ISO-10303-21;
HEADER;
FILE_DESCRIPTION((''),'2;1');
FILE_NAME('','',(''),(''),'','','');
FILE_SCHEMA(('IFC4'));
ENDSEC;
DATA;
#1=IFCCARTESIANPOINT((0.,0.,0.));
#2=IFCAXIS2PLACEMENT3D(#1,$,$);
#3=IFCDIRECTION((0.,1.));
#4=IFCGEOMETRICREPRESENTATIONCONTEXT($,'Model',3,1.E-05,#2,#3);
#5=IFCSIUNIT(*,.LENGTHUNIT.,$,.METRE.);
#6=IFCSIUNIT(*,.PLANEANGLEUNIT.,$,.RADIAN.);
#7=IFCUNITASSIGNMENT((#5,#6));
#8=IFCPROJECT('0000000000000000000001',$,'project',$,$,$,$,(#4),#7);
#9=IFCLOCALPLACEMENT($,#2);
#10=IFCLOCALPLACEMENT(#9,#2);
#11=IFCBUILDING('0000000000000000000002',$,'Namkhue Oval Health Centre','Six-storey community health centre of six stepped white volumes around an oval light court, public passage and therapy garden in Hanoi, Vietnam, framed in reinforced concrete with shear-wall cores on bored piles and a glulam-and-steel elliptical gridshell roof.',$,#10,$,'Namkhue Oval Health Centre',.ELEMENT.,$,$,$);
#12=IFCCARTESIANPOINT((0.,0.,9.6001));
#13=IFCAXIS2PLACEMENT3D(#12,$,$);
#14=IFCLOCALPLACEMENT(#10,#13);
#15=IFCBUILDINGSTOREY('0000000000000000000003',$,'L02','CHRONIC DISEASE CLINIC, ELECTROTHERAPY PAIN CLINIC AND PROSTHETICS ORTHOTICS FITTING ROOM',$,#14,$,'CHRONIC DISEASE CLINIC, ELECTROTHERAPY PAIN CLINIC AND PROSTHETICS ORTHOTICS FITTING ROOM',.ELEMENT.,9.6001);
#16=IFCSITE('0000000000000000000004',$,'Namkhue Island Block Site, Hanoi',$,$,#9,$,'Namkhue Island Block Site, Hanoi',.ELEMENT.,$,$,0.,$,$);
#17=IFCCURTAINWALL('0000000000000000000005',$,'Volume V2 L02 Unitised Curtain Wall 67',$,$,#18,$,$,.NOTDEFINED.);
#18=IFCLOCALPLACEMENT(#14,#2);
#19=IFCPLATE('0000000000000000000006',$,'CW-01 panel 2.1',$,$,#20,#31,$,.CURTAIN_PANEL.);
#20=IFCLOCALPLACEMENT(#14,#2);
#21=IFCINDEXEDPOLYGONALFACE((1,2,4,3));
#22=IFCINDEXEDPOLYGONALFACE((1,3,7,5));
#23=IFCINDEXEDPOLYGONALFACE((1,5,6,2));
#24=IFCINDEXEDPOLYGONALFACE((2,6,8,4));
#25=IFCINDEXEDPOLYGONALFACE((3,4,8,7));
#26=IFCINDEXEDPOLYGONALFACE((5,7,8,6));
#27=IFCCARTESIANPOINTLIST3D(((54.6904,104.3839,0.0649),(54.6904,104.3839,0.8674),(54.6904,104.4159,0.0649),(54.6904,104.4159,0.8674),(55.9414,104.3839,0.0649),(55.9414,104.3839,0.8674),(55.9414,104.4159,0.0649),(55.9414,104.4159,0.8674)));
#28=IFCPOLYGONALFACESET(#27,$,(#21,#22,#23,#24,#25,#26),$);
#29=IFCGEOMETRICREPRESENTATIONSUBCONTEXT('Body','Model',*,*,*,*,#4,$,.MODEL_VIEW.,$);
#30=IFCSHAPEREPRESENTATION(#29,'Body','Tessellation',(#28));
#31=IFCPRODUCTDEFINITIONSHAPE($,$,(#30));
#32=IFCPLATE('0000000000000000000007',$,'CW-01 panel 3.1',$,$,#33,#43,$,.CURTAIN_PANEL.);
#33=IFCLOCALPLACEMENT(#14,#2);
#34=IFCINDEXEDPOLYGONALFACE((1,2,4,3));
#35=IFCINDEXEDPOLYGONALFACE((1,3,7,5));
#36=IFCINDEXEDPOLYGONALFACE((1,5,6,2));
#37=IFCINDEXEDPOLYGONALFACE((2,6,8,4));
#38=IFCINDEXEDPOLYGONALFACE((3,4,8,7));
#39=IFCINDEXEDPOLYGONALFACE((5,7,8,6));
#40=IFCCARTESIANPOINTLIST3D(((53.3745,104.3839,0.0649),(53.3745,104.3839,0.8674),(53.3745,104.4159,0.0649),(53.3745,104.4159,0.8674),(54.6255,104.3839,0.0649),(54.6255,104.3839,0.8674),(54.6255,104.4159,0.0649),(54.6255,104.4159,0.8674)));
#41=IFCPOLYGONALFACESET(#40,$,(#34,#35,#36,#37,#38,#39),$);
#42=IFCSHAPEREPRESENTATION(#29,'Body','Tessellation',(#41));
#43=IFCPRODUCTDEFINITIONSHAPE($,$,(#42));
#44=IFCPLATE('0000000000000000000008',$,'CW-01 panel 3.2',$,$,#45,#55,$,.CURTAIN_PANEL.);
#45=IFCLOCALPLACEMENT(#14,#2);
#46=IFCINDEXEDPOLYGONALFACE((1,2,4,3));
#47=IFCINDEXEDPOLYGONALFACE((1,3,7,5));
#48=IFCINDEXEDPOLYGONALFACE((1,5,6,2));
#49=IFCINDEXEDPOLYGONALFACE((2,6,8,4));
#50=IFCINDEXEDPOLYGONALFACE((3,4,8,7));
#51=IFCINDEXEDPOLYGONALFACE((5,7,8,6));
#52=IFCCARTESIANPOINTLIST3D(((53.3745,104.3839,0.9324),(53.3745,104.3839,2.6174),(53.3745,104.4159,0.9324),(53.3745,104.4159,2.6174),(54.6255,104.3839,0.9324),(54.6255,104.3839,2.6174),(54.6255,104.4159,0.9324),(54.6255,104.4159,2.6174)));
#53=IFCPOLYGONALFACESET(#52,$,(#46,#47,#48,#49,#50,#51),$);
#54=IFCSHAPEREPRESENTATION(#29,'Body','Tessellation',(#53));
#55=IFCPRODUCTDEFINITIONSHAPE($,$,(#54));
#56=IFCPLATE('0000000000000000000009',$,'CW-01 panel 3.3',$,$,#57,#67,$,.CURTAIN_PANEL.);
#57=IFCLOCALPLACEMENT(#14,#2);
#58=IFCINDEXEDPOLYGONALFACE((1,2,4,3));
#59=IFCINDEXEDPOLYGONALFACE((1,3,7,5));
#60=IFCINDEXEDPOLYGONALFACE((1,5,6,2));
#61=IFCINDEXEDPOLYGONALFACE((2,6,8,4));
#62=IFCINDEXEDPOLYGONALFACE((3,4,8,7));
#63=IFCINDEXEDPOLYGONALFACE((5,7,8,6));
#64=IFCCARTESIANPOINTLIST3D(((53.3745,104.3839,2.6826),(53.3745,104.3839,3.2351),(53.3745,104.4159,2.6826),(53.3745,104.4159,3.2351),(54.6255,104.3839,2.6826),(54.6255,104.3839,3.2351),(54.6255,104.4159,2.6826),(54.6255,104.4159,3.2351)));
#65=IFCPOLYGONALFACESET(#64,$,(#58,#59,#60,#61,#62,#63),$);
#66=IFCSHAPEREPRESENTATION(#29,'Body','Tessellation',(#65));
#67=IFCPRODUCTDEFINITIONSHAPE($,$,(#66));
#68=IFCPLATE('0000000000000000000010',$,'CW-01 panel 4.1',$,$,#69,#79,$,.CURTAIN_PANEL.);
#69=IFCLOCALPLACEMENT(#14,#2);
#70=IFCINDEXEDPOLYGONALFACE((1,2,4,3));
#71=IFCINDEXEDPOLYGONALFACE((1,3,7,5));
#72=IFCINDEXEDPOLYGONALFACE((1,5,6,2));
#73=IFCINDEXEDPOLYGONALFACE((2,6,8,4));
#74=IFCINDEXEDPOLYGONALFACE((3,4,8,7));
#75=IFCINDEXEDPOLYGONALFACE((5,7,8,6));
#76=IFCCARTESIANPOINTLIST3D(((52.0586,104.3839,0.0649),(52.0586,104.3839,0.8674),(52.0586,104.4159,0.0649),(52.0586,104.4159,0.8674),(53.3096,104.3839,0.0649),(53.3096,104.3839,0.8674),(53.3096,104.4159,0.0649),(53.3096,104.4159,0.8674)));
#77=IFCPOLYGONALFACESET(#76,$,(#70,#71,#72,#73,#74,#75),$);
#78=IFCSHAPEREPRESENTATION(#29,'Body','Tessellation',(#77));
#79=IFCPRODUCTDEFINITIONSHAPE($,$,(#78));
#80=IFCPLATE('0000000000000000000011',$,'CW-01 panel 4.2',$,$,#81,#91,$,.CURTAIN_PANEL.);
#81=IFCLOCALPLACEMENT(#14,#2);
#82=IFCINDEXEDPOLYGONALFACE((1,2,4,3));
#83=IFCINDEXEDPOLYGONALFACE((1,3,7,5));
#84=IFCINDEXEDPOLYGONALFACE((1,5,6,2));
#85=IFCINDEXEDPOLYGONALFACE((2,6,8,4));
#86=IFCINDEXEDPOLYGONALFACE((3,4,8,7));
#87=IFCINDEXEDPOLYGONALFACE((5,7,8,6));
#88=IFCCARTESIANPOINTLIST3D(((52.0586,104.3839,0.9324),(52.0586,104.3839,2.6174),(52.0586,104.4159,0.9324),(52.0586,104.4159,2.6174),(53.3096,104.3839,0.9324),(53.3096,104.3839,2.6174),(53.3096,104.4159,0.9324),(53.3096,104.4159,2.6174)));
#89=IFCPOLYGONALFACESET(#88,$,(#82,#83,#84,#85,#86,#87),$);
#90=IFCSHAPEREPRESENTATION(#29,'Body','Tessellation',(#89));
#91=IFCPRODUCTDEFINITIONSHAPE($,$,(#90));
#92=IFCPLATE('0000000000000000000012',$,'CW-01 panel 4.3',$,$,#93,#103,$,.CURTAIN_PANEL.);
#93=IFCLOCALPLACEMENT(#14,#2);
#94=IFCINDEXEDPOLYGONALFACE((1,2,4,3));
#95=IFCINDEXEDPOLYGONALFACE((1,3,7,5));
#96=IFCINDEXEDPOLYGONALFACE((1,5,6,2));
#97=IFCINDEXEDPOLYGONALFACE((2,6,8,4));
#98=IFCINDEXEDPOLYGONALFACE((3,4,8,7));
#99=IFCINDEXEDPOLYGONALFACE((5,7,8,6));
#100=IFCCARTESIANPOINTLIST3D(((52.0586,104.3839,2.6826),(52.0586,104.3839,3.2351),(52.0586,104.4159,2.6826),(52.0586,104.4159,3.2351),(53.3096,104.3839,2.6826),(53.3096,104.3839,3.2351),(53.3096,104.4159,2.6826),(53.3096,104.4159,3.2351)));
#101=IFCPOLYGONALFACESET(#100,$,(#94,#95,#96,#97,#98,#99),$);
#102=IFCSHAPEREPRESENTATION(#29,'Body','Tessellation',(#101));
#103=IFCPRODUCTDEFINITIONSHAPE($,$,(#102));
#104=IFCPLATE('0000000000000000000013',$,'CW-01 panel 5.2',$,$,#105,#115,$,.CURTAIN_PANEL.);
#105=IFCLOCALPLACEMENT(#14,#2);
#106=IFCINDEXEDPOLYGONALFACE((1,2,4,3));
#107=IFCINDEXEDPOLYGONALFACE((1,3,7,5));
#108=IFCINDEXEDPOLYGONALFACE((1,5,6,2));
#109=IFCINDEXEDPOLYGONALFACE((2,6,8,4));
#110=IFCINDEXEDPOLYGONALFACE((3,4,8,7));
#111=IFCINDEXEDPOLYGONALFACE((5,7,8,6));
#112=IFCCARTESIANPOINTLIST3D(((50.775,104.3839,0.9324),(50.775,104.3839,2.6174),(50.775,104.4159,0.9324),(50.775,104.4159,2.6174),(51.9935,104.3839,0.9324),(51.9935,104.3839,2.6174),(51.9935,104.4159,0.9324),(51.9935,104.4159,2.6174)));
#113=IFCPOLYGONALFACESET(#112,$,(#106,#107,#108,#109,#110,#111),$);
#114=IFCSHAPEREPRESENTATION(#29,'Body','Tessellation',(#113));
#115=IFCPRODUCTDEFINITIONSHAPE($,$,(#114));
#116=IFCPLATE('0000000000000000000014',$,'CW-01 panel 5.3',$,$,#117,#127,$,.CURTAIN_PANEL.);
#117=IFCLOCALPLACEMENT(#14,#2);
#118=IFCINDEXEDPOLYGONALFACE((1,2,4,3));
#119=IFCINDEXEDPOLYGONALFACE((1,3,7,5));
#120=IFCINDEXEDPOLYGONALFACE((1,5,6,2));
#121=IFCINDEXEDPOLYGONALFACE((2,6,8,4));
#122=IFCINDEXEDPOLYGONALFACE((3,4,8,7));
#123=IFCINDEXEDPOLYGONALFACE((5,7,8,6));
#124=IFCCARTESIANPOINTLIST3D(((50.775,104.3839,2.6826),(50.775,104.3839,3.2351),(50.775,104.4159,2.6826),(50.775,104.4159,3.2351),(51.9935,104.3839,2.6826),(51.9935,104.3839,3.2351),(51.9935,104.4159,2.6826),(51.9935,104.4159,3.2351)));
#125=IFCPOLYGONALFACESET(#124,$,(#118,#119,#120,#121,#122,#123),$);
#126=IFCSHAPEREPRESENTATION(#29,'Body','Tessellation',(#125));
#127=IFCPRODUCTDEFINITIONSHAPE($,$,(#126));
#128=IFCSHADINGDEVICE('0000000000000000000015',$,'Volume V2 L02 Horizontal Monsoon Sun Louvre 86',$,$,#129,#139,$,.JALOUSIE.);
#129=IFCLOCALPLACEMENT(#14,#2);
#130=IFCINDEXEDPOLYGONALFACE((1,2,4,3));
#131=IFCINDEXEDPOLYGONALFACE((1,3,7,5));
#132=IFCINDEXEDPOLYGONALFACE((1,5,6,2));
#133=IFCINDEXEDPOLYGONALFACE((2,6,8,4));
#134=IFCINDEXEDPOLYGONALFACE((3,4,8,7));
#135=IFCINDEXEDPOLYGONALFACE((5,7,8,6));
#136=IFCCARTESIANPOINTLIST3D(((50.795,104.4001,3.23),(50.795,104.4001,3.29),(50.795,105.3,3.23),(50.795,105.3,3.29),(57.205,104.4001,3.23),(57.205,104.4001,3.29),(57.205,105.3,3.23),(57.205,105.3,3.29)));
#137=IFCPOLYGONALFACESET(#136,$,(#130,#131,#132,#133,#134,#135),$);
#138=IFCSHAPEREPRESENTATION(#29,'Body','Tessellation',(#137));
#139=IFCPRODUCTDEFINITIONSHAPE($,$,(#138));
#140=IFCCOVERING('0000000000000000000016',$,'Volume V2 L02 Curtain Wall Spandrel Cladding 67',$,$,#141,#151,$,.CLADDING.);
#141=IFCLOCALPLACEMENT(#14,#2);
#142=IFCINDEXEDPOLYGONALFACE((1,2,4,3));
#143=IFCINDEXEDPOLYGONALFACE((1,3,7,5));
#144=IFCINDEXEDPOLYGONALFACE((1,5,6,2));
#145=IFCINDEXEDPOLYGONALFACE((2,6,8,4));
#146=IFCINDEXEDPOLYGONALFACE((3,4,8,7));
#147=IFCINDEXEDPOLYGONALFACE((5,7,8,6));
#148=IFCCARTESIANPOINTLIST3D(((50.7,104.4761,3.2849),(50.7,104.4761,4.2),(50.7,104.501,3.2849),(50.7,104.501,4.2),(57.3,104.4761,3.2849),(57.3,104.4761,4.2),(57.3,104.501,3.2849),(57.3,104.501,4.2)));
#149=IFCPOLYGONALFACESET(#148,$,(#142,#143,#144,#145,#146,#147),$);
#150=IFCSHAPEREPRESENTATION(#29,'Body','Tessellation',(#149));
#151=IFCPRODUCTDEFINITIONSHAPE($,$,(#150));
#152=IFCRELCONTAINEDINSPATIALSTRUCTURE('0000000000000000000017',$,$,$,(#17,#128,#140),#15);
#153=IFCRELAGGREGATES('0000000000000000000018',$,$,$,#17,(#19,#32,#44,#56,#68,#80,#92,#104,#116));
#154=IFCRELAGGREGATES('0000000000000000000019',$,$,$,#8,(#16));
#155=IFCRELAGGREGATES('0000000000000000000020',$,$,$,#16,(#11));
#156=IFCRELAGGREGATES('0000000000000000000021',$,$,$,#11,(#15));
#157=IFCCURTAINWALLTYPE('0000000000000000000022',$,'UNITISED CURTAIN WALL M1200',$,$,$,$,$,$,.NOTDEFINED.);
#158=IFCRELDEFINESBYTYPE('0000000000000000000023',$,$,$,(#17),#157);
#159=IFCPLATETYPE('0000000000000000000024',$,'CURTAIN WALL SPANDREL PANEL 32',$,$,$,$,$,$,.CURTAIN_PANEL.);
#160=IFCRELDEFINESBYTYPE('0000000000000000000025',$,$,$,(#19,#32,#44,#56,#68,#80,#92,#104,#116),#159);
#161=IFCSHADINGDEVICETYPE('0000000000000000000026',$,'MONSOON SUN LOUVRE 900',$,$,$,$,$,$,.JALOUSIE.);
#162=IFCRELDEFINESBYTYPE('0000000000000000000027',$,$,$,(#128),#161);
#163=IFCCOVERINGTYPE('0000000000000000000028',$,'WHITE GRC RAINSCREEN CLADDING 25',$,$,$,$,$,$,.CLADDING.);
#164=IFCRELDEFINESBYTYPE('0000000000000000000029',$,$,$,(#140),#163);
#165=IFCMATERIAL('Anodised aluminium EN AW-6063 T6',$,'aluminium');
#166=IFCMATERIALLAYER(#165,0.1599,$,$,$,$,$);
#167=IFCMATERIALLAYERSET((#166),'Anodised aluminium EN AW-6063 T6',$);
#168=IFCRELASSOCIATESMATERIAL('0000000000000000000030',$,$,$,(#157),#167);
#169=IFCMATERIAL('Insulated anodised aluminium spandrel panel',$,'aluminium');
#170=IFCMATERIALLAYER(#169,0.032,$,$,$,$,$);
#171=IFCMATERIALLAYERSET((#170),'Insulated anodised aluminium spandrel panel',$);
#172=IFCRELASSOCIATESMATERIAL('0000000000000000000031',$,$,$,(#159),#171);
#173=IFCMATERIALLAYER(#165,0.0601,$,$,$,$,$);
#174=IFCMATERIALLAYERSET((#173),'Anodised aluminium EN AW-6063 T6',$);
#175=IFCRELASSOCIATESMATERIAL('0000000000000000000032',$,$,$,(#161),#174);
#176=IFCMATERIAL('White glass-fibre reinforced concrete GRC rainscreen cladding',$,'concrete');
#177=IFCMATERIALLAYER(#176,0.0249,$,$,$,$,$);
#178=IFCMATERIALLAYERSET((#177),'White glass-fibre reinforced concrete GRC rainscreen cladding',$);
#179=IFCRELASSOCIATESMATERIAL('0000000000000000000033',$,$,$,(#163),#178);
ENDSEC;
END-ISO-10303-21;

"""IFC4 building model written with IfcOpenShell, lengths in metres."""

from ifc_helpers import new_model, si_unit, direction, frame, origin, origin_2d, place, context, subcontext, project, spatial, rectangle, extrude, material, layer, layer_set, type_object, element, aggregate, save


model = new_model("IFC4")

# Units and contexts
model_context = context("Model", 3, precision=1e-05, world=origin(), true_north=direction((0.0, 1.0)))
body_context = subcontext(model_context, "Body", "Model", "MODEL_VIEW")
ifc_project = project(units=[si_unit("LENGTHUNIT", "METRE"), si_unit("PLANEANGLEUNIT", "RADIAN")], contexts=[model_context])

# Site, building, storey
site_placement = place(None, origin())
site = spatial("IfcSite", under=ifc_project, at=site_placement, Name="Namkhue Island Block Site, Hanoi", LongName="Namkhue Island Block Site, Hanoi", CompositionType="ELEMENT", RefElevation=0.0)
building_placement = place(site_placement, origin())
building = spatial("IfcBuilding", under=site, at=building_placement, Name="Namkhue Oval Health Centre", Description="Six-storey community health centre of six stepped white volumes around an oval light court, public passage and therapy garden in Hanoi, Vietnam, framed in reinforced concrete with shear-wall cores on bored piles and a glulam-and-steel elliptical gridshell roof.", LongName="Namkhue Oval Health Centre", CompositionType="ELEMENT")
storey_placement = place(building_placement, frame((0.0, 0.0, 9.6001)))
storey = spatial("IfcBuildingStorey", under=building, at=storey_placement, Name="L02", Description="CHRONIC DISEASE CLINIC, ELECTROTHERAPY PAIN CLINIC AND PROSTHETICS ORTHOTICS FITTING ROOM", LongName="CHRONIC DISEASE CLINIC, ELECTROTHERAPY PAIN CLINIC AND PROSTHETICS ORTHOTICS FITTING ROOM", CompositionType="ELEMENT", Elevation=9.6001)

# Curtain wall, plates
ifc_material_1 = material(Name="Anodised aluminium EN AW-6063 T6", Category="aluminium")
ifc_layer_1 = layer(ifc_material_1, 0.1599)
ifc_layer_set_1 = layer_set([ifc_layer_1], Name="Anodised aluminium EN AW-6063 T6")
curtain_wall_type = type_object("IfcCurtainWallType", Name="UNITISED CURTAIN WALL M1200", PredefinedType="NOTDEFINED", material=ifc_layer_set_1)
curtain_wall_placement = place(storey_placement, origin())
curtain_wall = element("IfcCurtainWall", 1, at=curtain_wall_placement, inside=storey, type_object=curtain_wall_type, Name="Volume V2 L02 Unitised Curtain Wall 67", PredefinedType="NOTDEFINED")
ifc_material_2 = material(Name="Insulated anodised aluminium spandrel panel", Category="aluminium")
ifc_layer_2 = layer(ifc_material_2, 0.032)
ifc_layer_set_2 = layer_set([ifc_layer_2], Name="Insulated anodised aluminium spandrel panel")
plate_type = type_object("IfcPlateType", Name="CURTAIN WALL SPANDREL PANEL 32", PredefinedType="CURTAIN_PANEL", material=ifc_layer_set_2)
plate_1_placement = place(storey_placement, frame((55.3159, 104.3999, 0.0649), z_axis=(0.0, 0.0, 1.0), x_axis=(-1.0, 0.0, 0.0)))
plate_1 = element("IfcPlate", 2, at=plate_1_placement, type_object=plate_type, Name="CW-01 panel 2.1", PredefinedType="CURTAIN_PANEL", context=body_context, shape_type="SweptSolid", body=[
    extrude(rectangle(XDim=1.251, YDim=0.032, at=origin_2d()), origin(), (0.0, 0.0, 1.0), 0.8025),
])
plate_2_placement = place(storey_placement, frame((54.0, 104.3999, 0.0649), z_axis=(0.0, 0.0, 1.0), x_axis=(-1.0, 0.0, 0.0)))
plate_2 = element("IfcPlate", 3, at=plate_2_placement, type_object=plate_type, Name="CW-01 panel 3.1", PredefinedType="CURTAIN_PANEL", context=body_context, shape_type="SweptSolid", body=[
    extrude(rectangle(XDim=1.251, YDim=0.032, at=origin_2d()), origin(), (0.0, 0.0, 1.0), 0.8025),
])
plate_3_placement = place(storey_placement, frame((54.0, 104.3999, 0.9324), z_axis=(0.0, 0.0, 1.0), x_axis=(-1.0, 0.0, 0.0)))
plate_3 = element("IfcPlate", 4, at=plate_3_placement, type_object=plate_type, Name="CW-01 panel 3.2", PredefinedType="CURTAIN_PANEL", context=body_context, shape_type="SweptSolid", body=[
    extrude(rectangle(XDim=1.251, YDim=0.032, at=origin_2d()), origin(), (0.0, 0.0, 1.0), 1.6851),
])
plate_4_placement = place(storey_placement, frame((54.0, 104.3999, 2.6826), z_axis=(0.0, 0.0, 1.0), x_axis=(-1.0, 0.0, 0.0)))
plate_4 = element("IfcPlate", 5, at=plate_4_placement, type_object=plate_type, Name="CW-01 panel 3.3", PredefinedType="CURTAIN_PANEL", context=body_context, shape_type="SweptSolid", body=[
    extrude(rectangle(XDim=1.251, YDim=0.032, at=origin_2d()), origin(), (0.0, 0.0, 1.0), 0.5525),
])
plate_5_placement = place(storey_placement, frame((52.6841, 104.3999, 0.0649), z_axis=(0.0, 0.0, 1.0), x_axis=(-1.0, 0.0, 0.0)))
plate_5 = element("IfcPlate", 6, at=plate_5_placement, type_object=plate_type, Name="CW-01 panel 4.1", PredefinedType="CURTAIN_PANEL", context=body_context, shape_type="SweptSolid", body=[
    extrude(rectangle(XDim=1.251, YDim=0.032, at=origin_2d()), origin(), (0.0, 0.0, 1.0), 0.8025),
])
plate_6_placement = place(storey_placement, frame((52.6841, 104.3999, 0.9324), z_axis=(0.0, 0.0, 1.0), x_axis=(-1.0, 0.0, 0.0)))
plate_6 = element("IfcPlate", 7, at=plate_6_placement, type_object=plate_type, Name="CW-01 panel 4.2", PredefinedType="CURTAIN_PANEL", context=body_context, shape_type="SweptSolid", body=[
    extrude(rectangle(XDim=1.251, YDim=0.032, at=origin_2d()), origin(), (0.0, 0.0, 1.0), 1.6851),
])
plate_7_placement = place(storey_placement, frame((52.6841, 104.3999, 2.6826), z_axis=(0.0, 0.0, 1.0), x_axis=(-1.0, 0.0, 0.0)))
plate_7 = element("IfcPlate", 8, at=plate_7_placement, type_object=plate_type, Name="CW-01 panel 4.3", PredefinedType="CURTAIN_PANEL", context=body_context, shape_type="SweptSolid", body=[
    extrude(rectangle(XDim=1.251, YDim=0.032, at=origin_2d()), origin(), (0.0, 0.0, 1.0), 0.5525),
])
plate_8_placement = place(storey_placement, frame((51.3843, 104.3999, 0.9324), z_axis=(0.0, 0.0, 1.0), x_axis=(-1.0, 0.0, 0.0)))
plate_8 = element("IfcPlate", 9, at=plate_8_placement, type_object=plate_type, Name="CW-01 panel 5.2", PredefinedType="CURTAIN_PANEL", context=body_context, shape_type="SweptSolid", body=[
    extrude(rectangle(XDim=1.2185, YDim=0.032, at=origin_2d()), origin(), (0.0, 0.0, 1.0), 1.6851),
])
plate_9_placement = place(storey_placement, frame((51.3843, 104.3999, 2.6826), z_axis=(0.0, 0.0, 1.0), x_axis=(-1.0, 0.0, 0.0)))
plate_9 = element("IfcPlate", 10, at=plate_9_placement, type_object=plate_type, Name="CW-01 panel 5.3", PredefinedType="CURTAIN_PANEL", context=body_context, shape_type="SweptSolid", body=[
    extrude(rectangle(XDim=1.2185, YDim=0.032, at=origin_2d()), origin(), (0.0, 0.0, 1.0), 0.5525),
])
aggregate(curtain_wall, [plate_1, plate_2, plate_3, plate_4, plate_5, plate_6, plate_7, plate_8, plate_9])

# Shading device
ifc_layer_3 = layer(ifc_material_1, 0.0601)
ifc_layer_set_3 = layer_set([ifc_layer_3], Name="Anodised aluminium EN AW-6063 T6")
shading_device_type = type_object("IfcShadingDeviceType", Name="MONSOON SUN LOUVRE 900", PredefinedType="JALOUSIE", material=ifc_layer_set_3)
shading_device_placement = place(storey_placement, frame((54.0, 104.8501, 3.23), z_axis=(0.0, 0.0, 1.0), x_axis=(-1.0, 0.0, 0.0)))
element("IfcShadingDevice", 11, at=shading_device_placement, inside=storey, type_object=shading_device_type, Name="Volume V2 L02 Horizontal Monsoon Sun Louvre 86", PredefinedType="JALOUSIE", context=body_context, shape_type="SweptSolid", body=[
    extrude(rectangle(XDim=6.4099, YDim=0.8999, at=origin_2d()), origin(), (0.0, 0.0, 1.0), 0.0601),
])

# Covering
ifc_material_3 = material(Name="White glass-fibre reinforced concrete GRC rainscreen cladding", Category="concrete")
ifc_layer_4 = layer(ifc_material_3, 0.0249)
ifc_layer_set_4 = layer_set([ifc_layer_4], Name="White glass-fibre reinforced concrete GRC rainscreen cladding")
covering_type = type_object("IfcCoveringType", Name="WHITE GRC RAINSCREEN CLADDING 25", PredefinedType="CLADDING", material=ifc_layer_set_4)
covering_placement = place(storey_placement, frame((54.0, 104.4885, 3.2849), z_axis=(0.0, 0.0, 1.0), x_axis=(-1.0, 0.0, 0.0)))
element("IfcCovering", 12, at=covering_placement, inside=storey, type_object=covering_type, Name="Volume V2 L02 Curtain Wall Spandrel Cladding 67", PredefinedType="CLADDING", context=body_context, shape_type="SweptSolid", body=[
    extrude(rectangle(XDim=6.6001, YDim=0.0249, at=origin_2d()), origin(), (0.0, 0.0, 1.0), 0.915),
])

save(model, "model.ifc")
